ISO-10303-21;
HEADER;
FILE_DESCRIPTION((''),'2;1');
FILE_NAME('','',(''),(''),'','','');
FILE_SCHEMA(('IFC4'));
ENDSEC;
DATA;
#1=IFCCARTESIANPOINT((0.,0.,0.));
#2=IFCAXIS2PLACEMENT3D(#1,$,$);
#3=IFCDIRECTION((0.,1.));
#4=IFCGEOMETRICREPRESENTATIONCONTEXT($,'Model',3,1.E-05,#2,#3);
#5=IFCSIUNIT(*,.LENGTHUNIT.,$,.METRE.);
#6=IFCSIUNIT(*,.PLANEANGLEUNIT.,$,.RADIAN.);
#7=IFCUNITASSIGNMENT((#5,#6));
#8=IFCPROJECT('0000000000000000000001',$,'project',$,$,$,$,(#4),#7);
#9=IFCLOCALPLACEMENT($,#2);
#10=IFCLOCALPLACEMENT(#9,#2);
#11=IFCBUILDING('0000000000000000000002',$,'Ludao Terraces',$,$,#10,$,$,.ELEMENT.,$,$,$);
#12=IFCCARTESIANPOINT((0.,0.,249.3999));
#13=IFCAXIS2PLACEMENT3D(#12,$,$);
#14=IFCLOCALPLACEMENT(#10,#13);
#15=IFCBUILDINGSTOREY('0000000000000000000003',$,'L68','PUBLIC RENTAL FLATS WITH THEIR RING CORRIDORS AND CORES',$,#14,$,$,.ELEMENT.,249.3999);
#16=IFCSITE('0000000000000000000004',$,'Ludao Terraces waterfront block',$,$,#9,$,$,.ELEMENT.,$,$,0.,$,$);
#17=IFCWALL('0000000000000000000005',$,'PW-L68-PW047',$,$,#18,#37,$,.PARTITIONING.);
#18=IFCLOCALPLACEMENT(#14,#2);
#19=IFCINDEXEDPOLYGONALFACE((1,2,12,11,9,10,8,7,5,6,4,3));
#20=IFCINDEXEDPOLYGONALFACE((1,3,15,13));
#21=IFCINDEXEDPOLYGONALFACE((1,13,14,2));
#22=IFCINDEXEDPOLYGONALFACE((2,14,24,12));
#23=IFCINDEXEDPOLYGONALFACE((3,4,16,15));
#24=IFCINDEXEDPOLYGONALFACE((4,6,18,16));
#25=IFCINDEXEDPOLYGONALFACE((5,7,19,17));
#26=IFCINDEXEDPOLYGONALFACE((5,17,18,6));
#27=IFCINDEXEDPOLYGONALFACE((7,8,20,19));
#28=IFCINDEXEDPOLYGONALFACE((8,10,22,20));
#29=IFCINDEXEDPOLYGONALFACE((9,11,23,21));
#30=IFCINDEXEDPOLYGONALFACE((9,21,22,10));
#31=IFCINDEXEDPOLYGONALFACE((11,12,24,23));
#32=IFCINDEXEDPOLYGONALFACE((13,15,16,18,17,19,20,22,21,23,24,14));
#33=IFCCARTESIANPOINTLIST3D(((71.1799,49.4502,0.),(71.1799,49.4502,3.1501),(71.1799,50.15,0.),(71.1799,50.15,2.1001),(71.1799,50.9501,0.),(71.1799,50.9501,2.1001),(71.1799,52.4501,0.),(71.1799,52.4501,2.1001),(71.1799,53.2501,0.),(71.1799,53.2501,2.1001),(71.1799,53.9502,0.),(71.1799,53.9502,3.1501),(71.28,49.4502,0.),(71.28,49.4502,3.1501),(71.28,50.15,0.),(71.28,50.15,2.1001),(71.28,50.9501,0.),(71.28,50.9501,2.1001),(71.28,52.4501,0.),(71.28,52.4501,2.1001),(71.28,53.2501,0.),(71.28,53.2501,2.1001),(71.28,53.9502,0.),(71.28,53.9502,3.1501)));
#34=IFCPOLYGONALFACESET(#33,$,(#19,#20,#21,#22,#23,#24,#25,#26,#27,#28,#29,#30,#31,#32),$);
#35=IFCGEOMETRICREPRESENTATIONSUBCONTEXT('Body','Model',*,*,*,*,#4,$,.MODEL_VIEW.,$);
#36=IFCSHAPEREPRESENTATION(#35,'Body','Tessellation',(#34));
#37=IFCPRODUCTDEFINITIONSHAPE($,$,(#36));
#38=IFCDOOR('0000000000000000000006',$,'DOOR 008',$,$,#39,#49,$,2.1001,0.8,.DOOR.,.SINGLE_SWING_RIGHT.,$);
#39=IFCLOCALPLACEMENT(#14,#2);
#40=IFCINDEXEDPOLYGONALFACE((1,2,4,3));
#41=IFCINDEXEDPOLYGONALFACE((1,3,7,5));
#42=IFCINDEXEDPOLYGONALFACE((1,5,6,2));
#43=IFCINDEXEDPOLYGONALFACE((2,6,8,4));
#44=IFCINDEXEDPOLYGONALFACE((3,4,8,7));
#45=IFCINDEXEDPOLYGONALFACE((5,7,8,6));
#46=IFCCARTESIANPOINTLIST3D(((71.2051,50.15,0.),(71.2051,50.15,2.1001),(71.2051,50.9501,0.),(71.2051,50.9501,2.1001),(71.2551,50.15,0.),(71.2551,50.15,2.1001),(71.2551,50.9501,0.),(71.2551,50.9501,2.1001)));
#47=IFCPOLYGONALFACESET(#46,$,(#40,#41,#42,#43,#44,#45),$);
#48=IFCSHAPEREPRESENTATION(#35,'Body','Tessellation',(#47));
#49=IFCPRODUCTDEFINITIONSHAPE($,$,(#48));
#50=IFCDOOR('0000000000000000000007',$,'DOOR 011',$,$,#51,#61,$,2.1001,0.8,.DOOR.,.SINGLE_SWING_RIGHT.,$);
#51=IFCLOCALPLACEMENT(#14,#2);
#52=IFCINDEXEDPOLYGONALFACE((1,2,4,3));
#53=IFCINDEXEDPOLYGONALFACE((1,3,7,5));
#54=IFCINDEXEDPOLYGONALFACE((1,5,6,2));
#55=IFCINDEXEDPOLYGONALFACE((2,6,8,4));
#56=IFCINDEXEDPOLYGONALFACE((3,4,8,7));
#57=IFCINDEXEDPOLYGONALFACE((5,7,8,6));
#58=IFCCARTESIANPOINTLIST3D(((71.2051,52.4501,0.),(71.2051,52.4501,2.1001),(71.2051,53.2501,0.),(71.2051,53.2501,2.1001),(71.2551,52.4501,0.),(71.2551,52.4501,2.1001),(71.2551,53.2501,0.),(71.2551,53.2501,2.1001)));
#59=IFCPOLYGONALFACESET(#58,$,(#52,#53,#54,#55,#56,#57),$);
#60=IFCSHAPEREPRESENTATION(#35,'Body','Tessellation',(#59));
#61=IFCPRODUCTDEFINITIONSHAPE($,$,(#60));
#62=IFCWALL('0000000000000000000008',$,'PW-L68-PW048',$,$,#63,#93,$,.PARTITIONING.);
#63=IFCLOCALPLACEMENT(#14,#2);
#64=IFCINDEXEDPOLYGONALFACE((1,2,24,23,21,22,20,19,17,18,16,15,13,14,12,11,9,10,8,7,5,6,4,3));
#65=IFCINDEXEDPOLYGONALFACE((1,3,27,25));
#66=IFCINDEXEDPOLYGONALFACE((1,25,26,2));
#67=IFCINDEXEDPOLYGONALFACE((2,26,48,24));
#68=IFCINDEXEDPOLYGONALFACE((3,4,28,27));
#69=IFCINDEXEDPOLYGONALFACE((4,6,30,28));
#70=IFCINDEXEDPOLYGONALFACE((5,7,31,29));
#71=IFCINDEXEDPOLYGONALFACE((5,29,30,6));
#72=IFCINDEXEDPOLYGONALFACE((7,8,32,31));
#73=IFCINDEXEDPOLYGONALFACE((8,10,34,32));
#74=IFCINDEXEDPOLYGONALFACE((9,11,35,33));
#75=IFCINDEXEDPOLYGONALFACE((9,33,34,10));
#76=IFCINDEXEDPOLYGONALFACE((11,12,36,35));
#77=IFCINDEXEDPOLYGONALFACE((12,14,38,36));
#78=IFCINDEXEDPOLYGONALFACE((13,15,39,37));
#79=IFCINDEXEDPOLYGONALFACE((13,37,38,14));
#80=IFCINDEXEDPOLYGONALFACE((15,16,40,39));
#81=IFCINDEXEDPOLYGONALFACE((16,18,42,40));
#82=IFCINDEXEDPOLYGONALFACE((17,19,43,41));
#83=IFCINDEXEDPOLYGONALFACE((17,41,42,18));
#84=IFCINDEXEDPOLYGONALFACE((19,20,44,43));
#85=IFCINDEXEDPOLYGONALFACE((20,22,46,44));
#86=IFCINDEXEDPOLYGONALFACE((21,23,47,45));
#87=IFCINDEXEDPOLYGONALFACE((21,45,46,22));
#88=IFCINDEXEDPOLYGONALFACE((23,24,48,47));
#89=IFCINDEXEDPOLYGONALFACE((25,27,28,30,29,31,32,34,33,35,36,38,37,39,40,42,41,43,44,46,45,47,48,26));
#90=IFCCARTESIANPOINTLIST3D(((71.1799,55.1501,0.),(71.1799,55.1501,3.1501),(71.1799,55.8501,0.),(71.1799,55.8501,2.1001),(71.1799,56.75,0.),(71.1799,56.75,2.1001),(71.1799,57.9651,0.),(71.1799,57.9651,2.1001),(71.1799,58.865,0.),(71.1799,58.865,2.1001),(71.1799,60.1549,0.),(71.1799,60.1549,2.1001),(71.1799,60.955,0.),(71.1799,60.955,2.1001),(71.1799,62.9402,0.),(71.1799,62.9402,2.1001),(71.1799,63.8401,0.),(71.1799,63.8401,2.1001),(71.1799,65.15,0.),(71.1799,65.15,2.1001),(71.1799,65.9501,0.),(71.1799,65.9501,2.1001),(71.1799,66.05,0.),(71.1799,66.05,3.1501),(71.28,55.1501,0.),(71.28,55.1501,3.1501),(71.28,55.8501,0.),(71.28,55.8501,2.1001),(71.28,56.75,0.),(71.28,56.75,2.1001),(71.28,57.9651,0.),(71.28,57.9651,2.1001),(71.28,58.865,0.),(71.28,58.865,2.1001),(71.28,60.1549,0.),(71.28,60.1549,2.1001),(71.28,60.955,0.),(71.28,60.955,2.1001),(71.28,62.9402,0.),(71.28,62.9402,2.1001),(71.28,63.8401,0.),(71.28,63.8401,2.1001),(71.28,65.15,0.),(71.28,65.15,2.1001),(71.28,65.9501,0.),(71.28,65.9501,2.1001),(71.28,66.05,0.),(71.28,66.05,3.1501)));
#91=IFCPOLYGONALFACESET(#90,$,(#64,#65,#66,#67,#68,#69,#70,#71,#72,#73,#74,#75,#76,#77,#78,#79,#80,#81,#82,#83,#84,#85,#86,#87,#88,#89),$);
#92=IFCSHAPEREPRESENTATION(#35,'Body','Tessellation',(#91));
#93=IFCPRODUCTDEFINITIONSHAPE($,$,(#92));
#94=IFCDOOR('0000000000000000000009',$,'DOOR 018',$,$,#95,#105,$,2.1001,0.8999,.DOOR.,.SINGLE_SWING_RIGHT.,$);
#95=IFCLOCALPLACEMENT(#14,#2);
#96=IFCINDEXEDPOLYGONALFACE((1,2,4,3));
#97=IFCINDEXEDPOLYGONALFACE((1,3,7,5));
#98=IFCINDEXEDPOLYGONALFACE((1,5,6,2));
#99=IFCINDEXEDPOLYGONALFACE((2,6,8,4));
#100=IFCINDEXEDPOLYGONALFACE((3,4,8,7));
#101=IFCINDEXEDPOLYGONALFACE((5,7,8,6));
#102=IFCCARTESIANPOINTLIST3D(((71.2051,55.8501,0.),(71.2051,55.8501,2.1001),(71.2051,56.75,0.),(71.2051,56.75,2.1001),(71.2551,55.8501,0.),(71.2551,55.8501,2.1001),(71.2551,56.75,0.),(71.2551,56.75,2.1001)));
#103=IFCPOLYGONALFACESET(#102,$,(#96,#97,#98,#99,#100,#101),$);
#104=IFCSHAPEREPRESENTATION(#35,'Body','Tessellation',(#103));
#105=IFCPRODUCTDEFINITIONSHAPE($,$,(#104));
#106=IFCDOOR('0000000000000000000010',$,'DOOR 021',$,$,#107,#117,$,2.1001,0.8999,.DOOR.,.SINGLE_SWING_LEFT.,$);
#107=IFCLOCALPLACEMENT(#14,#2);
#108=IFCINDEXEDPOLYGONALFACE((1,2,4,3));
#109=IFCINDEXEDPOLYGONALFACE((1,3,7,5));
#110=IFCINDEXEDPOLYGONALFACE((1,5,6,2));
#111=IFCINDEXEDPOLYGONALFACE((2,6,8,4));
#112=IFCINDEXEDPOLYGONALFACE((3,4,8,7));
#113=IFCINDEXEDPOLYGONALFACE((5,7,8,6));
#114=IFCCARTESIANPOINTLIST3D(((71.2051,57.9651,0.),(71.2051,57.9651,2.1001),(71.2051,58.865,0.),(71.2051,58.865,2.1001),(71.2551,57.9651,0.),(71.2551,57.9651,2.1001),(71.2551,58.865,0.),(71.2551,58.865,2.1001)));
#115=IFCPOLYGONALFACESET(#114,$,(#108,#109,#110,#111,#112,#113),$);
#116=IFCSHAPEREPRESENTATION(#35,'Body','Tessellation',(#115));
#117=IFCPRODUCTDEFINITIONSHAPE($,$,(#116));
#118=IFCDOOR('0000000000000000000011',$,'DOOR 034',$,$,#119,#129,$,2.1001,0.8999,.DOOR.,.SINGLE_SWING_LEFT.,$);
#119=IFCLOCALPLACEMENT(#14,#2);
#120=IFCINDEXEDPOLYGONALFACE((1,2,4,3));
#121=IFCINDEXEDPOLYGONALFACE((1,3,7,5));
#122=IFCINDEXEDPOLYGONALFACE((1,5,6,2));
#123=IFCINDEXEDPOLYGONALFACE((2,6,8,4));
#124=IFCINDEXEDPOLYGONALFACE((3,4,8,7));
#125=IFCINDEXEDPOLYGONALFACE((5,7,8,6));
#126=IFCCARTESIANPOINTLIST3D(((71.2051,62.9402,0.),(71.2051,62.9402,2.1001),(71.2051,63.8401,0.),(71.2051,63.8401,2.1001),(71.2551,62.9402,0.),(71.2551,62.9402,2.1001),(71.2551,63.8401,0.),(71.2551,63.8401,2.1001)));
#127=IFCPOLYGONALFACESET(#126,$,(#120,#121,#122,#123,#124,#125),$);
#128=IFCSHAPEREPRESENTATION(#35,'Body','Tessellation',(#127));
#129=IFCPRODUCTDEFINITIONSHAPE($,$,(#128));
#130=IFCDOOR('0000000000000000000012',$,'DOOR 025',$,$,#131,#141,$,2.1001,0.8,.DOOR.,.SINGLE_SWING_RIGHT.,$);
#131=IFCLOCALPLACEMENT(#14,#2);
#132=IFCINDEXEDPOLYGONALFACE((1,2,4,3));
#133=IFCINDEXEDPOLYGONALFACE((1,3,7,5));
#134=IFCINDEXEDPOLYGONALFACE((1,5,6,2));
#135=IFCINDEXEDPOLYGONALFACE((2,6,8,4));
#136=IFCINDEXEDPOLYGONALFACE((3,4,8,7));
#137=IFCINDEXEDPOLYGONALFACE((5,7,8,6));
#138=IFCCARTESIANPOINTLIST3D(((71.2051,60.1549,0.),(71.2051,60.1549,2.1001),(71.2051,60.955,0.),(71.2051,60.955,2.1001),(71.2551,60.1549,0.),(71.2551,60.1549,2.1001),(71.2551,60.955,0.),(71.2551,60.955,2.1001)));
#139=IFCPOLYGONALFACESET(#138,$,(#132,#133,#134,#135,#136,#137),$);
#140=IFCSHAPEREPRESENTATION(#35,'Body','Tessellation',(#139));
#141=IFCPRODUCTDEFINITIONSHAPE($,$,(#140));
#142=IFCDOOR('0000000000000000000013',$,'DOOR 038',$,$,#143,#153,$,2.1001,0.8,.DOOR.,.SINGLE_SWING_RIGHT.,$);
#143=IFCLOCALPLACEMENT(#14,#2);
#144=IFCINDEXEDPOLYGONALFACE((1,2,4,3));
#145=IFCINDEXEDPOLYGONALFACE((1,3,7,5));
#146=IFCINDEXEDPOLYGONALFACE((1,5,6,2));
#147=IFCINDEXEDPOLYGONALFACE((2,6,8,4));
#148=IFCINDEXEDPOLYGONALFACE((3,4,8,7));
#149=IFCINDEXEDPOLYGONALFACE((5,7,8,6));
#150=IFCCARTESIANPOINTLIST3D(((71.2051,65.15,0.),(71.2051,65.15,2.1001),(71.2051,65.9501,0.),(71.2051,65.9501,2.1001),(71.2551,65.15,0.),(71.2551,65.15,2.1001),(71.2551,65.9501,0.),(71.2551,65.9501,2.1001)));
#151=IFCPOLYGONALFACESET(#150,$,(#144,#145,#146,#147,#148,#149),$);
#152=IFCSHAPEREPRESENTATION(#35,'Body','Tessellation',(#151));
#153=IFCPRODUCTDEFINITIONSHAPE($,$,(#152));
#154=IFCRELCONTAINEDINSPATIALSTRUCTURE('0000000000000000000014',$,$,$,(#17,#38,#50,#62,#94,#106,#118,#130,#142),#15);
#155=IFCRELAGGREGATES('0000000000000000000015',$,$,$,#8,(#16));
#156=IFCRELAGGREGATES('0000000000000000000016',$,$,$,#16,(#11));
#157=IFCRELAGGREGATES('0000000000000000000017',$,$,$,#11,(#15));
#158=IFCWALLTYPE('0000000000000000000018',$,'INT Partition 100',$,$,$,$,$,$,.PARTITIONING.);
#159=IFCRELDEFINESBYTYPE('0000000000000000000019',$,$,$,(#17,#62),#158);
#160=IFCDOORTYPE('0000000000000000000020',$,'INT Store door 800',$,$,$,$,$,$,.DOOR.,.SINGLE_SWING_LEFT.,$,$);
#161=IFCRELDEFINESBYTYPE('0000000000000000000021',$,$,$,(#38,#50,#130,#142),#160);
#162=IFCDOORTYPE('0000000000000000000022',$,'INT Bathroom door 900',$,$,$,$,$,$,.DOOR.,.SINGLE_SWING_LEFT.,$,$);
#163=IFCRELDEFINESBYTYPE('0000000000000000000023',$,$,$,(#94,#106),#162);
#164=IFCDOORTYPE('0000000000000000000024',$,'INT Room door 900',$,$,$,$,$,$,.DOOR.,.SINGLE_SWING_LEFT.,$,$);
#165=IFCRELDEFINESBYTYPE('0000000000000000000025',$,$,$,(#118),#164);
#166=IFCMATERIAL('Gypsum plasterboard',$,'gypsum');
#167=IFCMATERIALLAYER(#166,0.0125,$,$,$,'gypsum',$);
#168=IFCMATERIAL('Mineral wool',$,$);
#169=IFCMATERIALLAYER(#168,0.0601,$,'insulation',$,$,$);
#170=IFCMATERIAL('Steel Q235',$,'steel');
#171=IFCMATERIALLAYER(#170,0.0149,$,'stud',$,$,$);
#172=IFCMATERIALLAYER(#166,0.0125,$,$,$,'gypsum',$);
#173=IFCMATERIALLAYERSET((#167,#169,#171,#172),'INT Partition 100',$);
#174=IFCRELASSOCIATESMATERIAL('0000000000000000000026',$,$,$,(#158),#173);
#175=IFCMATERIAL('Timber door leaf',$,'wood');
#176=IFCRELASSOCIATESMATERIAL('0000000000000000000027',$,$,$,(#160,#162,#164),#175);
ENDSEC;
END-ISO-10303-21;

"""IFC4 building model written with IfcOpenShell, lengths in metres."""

from ifc_helpers import new_model, si_unit, direction, frame, frame_2d, origin, place, context, subcontext, project, spatial, rectangle, extrude, material, layer, layer_set, type_object, element, fill, save


model = new_model("IFC4")

# Units and contexts
model_context = context("Model", 3, precision=1e-05, world=origin(), true_north=direction((0.0, 1.0)))
body_context = subcontext(model_context, "Body", "Model", "MODEL_VIEW")
ifc_project = project(units=[si_unit("LENGTHUNIT", "METRE"), si_unit("PLANEANGLEUNIT", "RADIAN")], contexts=[model_context])

# Site, building, storey
site_placement = place(None, origin())
site = spatial("IfcSite", under=ifc_project, at=site_placement, Name="Ludao Terraces waterfront block", CompositionType="ELEMENT", RefElevation=0.0)
building_placement = place(site_placement, origin())
building = spatial("IfcBuilding", under=site, at=building_placement, Name="Ludao Terraces", CompositionType="ELEMENT")
storey_placement = place(building_placement, frame((0.0, 0.0, 249.3999)))
storey = spatial("IfcBuildingStorey", under=building, at=storey_placement, Name="L68", Description="PUBLIC RENTAL FLATS WITH THEIR RING CORRIDORS AND CORES", CompositionType="ELEMENT", Elevation=249.3999)

# Shared definitions
ifc_material_1 = material(Name="Timber door leaf", Category="wood")

# Shared definitions
ifc_material_2 = material(Name="Gypsum plasterboard", Category="gypsum")
ifc_layer_1 = layer(ifc_material_2, 0.0125, Category="gypsum")
ifc_material_3 = material(Name="Mineral wool")
ifc_layer_2 = layer(ifc_material_3, 0.0601, Name="insulation")
ifc_material_4 = material(Name="Steel Q235", Category="steel")
ifc_layer_3 = layer(ifc_material_4, 0.0149, Name="stud")
ifc_layer_4 = layer(ifc_material_2, 0.0125, Category="gypsum")
ifc_layer_set_1 = layer_set([ifc_layer_1, ifc_layer_2, ifc_layer_3, ifc_layer_4], Name="INT Partition 100")
wall_type_1 = type_object("IfcWallType", Name="INT Partition 100", PredefinedType="PARTITIONING", material=ifc_layer_set_1)

# Walls, openings, doors
wall_1_placement = place(storey_placement, frame((71.23, 49.4502, 0.0), z_axis=(0.0, 0.0, 1.0), x_axis=(0.0, 1.0, 0.0)))
wall_1 = element("IfcWall", 1, at=wall_1_placement, inside=storey, type_object=wall_type_1, Name="PW-L68-PW047", PredefinedType="PARTITIONING", context=body_context, shape_type="SweptSolid", body=[
    extrude(rectangle(XDim=4.5, YDim=0.1001, at=frame_2d((2.25, 0.0))), origin(), (0.0, 0.0, 1.0), 3.1501),
])
opening_1_placement = place(wall_1_placement, frame((0.7, 0.0, 0.0)))
opening_1 = element("IfcOpeningElement", 2, at=opening_1_placement, cuts=wall_1, PredefinedType="OPENING", context=body_context, shape_type="SweptSolid", body=[
    extrude(rectangle(XDim=0.8, YDim=2.1001, at=frame_2d((0.3999, 1.05))), frame((0.0, 0.0601, 0.0), z_axis=(0.0, -1.0, 0.0), x_axis=(1.0, 0.0, 0.0)), (0.0, 0.0, 1.0), 0.1201),
])
opening_2_placement = place(wall_1_placement, frame((3.0, 0.0, 0.0)))
opening_2 = element("IfcOpeningElement", 3, at=opening_2_placement, cuts=wall_1, PredefinedType="OPENING", context=body_context, shape_type="SweptSolid", body=[
    extrude(rectangle(XDim=0.8, YDim=2.1001, at=frame_2d((0.3999, 1.05))), frame((0.0, 0.0601, 0.0), z_axis=(0.0, -1.0, 0.0), x_axis=(1.0, 0.0, 0.0)), (0.0, 0.0, 1.0), 0.1201),
])
door_type_1 = type_object("IfcDoorType", Name="INT Store door 800", OperationType="SINGLE_SWING_LEFT", PredefinedType="DOOR", material=ifc_material_1)
door_1_placement = place(opening_1_placement, origin())
door_1 = element("IfcDoor", 4, at=door_1_placement, inside=storey, type_object=door_type_1, Name="DOOR 008", OperationType="SINGLE_SWING_RIGHT", OverallHeight=2.1001, OverallWidth=0.8, PredefinedType="DOOR", context=body_context, shape_type="SweptSolid", body=[
    extrude(rectangle(XDim=0.8, YDim=2.1001, at=frame_2d((0.3999, 1.05))), frame((0.0, 0.0249, 0.0), z_axis=(0.0, -1.0, 0.0), x_axis=(1.0, 0.0, 0.0)), (0.0, 0.0, 1.0), 0.05),
])
fill(opening_1, door_1)
door_2_placement = place(opening_2_placement, origin())
door_2 = element("IfcDoor", 5, at=door_2_placement, inside=storey, type_object=door_type_1, Name="DOOR 011", OperationType="SINGLE_SWING_RIGHT", OverallHeight=2.1001, OverallWidth=0.8, PredefinedType="DOOR", context=body_context, shape_type="SweptSolid", body=[
    extrude(rectangle(XDim=0.8, YDim=2.1001, at=frame_2d((0.3999, 1.05))), frame((0.0, 0.0249, 0.0), z_axis=(0.0, -1.0, 0.0), x_axis=(1.0, 0.0, 0.0)), (0.0, 0.0, 1.0), 0.05),
])
fill(opening_2, door_2)
wall_2_placement = place(storey_placement, frame((71.23, 55.1501, 0.0), z_axis=(0.0, 0.0, 1.0), x_axis=(0.0, 1.0, 0.0)))
wall_2 = element("IfcWall", 6, at=wall_2_placement, inside=storey, type_object=wall_type_1, Name="PW-L68-PW048", PredefinedType="PARTITIONING", context=body_context, shape_type="SweptSolid", body=[
    extrude(rectangle(XDim=10.8999, YDim=0.1001, at=frame_2d((5.45, 0.0))), origin(), (0.0, 0.0, 1.0), 3.1501),
])
opening_3_placement = place(wall_2_placement, frame((0.7, 0.0, 0.0)))
opening_3 = element("IfcOpeningElement", 7, at=opening_3_placement, cuts=wall_2, PredefinedType="OPENING", context=body_context, shape_type="SweptSolid", body=[
    extrude(rectangle(XDim=0.8999, YDim=2.1001, at=frame_2d((0.45, 1.05))), frame((0.0, 0.0601, 0.0), z_axis=(0.0, -1.0, 0.0), x_axis=(1.0, 0.0, 0.0)), (0.0, 0.0, 1.0), 0.1201),
])
opening_4_placement = place(wall_2_placement, frame((2.8149, 0.0, 0.0)))
opening_4 = element("IfcOpeningElement", 8, at=opening_4_placement, cuts=wall_2, PredefinedType="OPENING", context=body_context, shape_type="SweptSolid", body=[
    extrude(rectangle(XDim=0.8999, YDim=2.1001, at=frame_2d((0.45, 1.05))), frame((0.0, 0.0601, 0.0), z_axis=(0.0, -1.0, 0.0), x_axis=(1.0, 0.0, 0.0)), (0.0, 0.0, 1.0), 0.1201),
])
opening_5_placement = place(wall_2_placement, frame((5.0049, 0.0, 0.0)))
opening_5 = element("IfcOpeningElement", 9, at=opening_5_placement, cuts=wall_2, PredefinedType="OPENING", context=body_context, shape_type="SweptSolid", body=[
    extrude(rectangle(XDim=0.8, YDim=2.1001, at=frame_2d((0.3999, 1.05))), frame((0.0, 0.0601, 0.0), z_axis=(0.0, -1.0, 0.0), x_axis=(1.0, 0.0, 0.0)), (0.0, 0.0, 1.0), 0.1201),
])
opening_6_placement = place(wall_2_placement, frame((7.79, 0.0, 0.0)))
opening_6 = element("IfcOpeningElement", 10, at=opening_6_placement, cuts=wall_2, PredefinedType="OPENING", context=body_context, shape_type="SweptSolid", body=[
    extrude(rectangle(XDim=0.8999, YDim=2.1001, at=frame_2d((0.45, 1.05))), frame((0.0, 0.0601, 0.0), z_axis=(0.0, -1.0, 0.0), x_axis=(1.0, 0.0, 0.0)), (0.0, 0.0, 1.0), 0.1201),
])
opening_7_placement = place(wall_2_placement, frame((10.0, 0.0, 0.0)))
opening_7 = element("IfcOpeningElement", 11, at=opening_7_placement, cuts=wall_2, PredefinedType="OPENING", context=body_context, shape_type="SweptSolid", body=[
    extrude(rectangle(XDim=0.8, YDim=2.1001, at=frame_2d((0.3999, 1.05))), frame((0.0, 0.0601, 0.0), z_axis=(0.0, -1.0, 0.0), x_axis=(1.0, 0.0, 0.0)), (0.0, 0.0, 1.0), 0.1201),
])
door_type_2 = type_object("IfcDoorType", Name="INT Bathroom door 900", OperationType="SINGLE_SWING_LEFT", PredefinedType="DOOR", material=ifc_material_1)
door_3_placement = place(opening_3_placement, origin())
door_3 = element("IfcDoor", 12, at=door_3_placement, inside=storey, type_object=door_type_2, Name="DOOR 018", OperationType="SINGLE_SWING_RIGHT", OverallHeight=2.1001, OverallWidth=0.8999, PredefinedType="DOOR", context=body_context, shape_type="SweptSolid", body=[
    extrude(rectangle(XDim=0.8999, YDim=2.1001, at=frame_2d((0.45, 1.05))), frame((0.0, 0.0249, 0.0), z_axis=(0.0, -1.0, 0.0), x_axis=(1.0, 0.0, 0.0)), (0.0, 0.0, 1.0), 0.05),
])
fill(opening_3, door_3)
door_4_placement = place(opening_4_placement, origin())
door_4 = element("IfcDoor", 13, at=door_4_placement, inside=storey, type_object=door_type_2, Name="DOOR 021", OperationType="SINGLE_SWING_LEFT", OverallHeight=2.1001, OverallWidth=0.8999, PredefinedType="DOOR", context=body_context, shape_type="SweptSolid", body=[
    extrude(rectangle(XDim=0.8999, YDim=2.1001, at=frame_2d((0.45, 1.05))), frame((0.0, 0.0249, 0.0), z_axis=(0.0, -1.0, 0.0), x_axis=(1.0, 0.0, 0.0)), (0.0, 0.0, 1.0), 0.05),
])
fill(opening_4, door_4)
door_type_3 = type_object("IfcDoorType", Name="INT Room door 900", OperationType="SINGLE_SWING_LEFT", PredefinedType="DOOR", material=ifc_material_1)
door_5_placement = place(opening_6_placement, origin())
door_5 = element("IfcDoor", 14, at=door_5_placement, inside=storey, type_object=door_type_3, Name="DOOR 034", OperationType="SINGLE_SWING_LEFT", OverallHeight=2.1001, OverallWidth=0.8999, PredefinedType="DOOR", context=body_context, shape_type="SweptSolid", body=[
    extrude(rectangle(XDim=0.8999, YDim=2.1001, at=frame_2d((0.45, 1.05))), frame((0.0, 0.0249, 0.0), z_axis=(0.0, -1.0, 0.0), x_axis=(1.0, 0.0, 0.0)), (0.0, 0.0, 1.0), 0.05),
])
fill(opening_6, door_5)
door_6_placement = place(opening_5_placement, origin())
door_6 = element("IfcDoor", 15, at=door_6_placement, inside=storey, type_object=door_type_1, Name="DOOR 025", OperationType="SINGLE_SWING_RIGHT", OverallHeight=2.1001, OverallWidth=0.8, PredefinedType="DOOR", context=body_context, shape_type="SweptSolid", body=[
    extrude(rectangle(XDim=0.8, YDim=2.1001, at=frame_2d((0.3999, 1.05))), frame((0.0, 0.0249, 0.0), z_axis=(0.0, -1.0, 0.0), x_axis=(1.0, 0.0, 0.0)), (0.0, 0.0, 1.0), 0.05),
])
fill(opening_5, door_6)
door_7_placement = place(opening_7_placement, origin())
door_7 = element("IfcDoor", 16, at=door_7_placement, inside=storey, type_object=door_type_1, Name="DOOR 038", OperationType="SINGLE_SWING_RIGHT", OverallHeight=2.1001, OverallWidth=0.8, PredefinedType="DOOR", context=body_context, shape_type="SweptSolid", body=[
    extrude(rectangle(XDim=0.8, YDim=2.1001, at=frame_2d((0.3999, 1.05))), frame((0.0, 0.0249, 0.0), z_axis=(0.0, -1.0, 0.0), x_axis=(1.0, 0.0, 0.0)), (0.0, 0.0, 1.0), 0.05),
])
fill(opening_7, door_7)

save(model, "model.ifc")
